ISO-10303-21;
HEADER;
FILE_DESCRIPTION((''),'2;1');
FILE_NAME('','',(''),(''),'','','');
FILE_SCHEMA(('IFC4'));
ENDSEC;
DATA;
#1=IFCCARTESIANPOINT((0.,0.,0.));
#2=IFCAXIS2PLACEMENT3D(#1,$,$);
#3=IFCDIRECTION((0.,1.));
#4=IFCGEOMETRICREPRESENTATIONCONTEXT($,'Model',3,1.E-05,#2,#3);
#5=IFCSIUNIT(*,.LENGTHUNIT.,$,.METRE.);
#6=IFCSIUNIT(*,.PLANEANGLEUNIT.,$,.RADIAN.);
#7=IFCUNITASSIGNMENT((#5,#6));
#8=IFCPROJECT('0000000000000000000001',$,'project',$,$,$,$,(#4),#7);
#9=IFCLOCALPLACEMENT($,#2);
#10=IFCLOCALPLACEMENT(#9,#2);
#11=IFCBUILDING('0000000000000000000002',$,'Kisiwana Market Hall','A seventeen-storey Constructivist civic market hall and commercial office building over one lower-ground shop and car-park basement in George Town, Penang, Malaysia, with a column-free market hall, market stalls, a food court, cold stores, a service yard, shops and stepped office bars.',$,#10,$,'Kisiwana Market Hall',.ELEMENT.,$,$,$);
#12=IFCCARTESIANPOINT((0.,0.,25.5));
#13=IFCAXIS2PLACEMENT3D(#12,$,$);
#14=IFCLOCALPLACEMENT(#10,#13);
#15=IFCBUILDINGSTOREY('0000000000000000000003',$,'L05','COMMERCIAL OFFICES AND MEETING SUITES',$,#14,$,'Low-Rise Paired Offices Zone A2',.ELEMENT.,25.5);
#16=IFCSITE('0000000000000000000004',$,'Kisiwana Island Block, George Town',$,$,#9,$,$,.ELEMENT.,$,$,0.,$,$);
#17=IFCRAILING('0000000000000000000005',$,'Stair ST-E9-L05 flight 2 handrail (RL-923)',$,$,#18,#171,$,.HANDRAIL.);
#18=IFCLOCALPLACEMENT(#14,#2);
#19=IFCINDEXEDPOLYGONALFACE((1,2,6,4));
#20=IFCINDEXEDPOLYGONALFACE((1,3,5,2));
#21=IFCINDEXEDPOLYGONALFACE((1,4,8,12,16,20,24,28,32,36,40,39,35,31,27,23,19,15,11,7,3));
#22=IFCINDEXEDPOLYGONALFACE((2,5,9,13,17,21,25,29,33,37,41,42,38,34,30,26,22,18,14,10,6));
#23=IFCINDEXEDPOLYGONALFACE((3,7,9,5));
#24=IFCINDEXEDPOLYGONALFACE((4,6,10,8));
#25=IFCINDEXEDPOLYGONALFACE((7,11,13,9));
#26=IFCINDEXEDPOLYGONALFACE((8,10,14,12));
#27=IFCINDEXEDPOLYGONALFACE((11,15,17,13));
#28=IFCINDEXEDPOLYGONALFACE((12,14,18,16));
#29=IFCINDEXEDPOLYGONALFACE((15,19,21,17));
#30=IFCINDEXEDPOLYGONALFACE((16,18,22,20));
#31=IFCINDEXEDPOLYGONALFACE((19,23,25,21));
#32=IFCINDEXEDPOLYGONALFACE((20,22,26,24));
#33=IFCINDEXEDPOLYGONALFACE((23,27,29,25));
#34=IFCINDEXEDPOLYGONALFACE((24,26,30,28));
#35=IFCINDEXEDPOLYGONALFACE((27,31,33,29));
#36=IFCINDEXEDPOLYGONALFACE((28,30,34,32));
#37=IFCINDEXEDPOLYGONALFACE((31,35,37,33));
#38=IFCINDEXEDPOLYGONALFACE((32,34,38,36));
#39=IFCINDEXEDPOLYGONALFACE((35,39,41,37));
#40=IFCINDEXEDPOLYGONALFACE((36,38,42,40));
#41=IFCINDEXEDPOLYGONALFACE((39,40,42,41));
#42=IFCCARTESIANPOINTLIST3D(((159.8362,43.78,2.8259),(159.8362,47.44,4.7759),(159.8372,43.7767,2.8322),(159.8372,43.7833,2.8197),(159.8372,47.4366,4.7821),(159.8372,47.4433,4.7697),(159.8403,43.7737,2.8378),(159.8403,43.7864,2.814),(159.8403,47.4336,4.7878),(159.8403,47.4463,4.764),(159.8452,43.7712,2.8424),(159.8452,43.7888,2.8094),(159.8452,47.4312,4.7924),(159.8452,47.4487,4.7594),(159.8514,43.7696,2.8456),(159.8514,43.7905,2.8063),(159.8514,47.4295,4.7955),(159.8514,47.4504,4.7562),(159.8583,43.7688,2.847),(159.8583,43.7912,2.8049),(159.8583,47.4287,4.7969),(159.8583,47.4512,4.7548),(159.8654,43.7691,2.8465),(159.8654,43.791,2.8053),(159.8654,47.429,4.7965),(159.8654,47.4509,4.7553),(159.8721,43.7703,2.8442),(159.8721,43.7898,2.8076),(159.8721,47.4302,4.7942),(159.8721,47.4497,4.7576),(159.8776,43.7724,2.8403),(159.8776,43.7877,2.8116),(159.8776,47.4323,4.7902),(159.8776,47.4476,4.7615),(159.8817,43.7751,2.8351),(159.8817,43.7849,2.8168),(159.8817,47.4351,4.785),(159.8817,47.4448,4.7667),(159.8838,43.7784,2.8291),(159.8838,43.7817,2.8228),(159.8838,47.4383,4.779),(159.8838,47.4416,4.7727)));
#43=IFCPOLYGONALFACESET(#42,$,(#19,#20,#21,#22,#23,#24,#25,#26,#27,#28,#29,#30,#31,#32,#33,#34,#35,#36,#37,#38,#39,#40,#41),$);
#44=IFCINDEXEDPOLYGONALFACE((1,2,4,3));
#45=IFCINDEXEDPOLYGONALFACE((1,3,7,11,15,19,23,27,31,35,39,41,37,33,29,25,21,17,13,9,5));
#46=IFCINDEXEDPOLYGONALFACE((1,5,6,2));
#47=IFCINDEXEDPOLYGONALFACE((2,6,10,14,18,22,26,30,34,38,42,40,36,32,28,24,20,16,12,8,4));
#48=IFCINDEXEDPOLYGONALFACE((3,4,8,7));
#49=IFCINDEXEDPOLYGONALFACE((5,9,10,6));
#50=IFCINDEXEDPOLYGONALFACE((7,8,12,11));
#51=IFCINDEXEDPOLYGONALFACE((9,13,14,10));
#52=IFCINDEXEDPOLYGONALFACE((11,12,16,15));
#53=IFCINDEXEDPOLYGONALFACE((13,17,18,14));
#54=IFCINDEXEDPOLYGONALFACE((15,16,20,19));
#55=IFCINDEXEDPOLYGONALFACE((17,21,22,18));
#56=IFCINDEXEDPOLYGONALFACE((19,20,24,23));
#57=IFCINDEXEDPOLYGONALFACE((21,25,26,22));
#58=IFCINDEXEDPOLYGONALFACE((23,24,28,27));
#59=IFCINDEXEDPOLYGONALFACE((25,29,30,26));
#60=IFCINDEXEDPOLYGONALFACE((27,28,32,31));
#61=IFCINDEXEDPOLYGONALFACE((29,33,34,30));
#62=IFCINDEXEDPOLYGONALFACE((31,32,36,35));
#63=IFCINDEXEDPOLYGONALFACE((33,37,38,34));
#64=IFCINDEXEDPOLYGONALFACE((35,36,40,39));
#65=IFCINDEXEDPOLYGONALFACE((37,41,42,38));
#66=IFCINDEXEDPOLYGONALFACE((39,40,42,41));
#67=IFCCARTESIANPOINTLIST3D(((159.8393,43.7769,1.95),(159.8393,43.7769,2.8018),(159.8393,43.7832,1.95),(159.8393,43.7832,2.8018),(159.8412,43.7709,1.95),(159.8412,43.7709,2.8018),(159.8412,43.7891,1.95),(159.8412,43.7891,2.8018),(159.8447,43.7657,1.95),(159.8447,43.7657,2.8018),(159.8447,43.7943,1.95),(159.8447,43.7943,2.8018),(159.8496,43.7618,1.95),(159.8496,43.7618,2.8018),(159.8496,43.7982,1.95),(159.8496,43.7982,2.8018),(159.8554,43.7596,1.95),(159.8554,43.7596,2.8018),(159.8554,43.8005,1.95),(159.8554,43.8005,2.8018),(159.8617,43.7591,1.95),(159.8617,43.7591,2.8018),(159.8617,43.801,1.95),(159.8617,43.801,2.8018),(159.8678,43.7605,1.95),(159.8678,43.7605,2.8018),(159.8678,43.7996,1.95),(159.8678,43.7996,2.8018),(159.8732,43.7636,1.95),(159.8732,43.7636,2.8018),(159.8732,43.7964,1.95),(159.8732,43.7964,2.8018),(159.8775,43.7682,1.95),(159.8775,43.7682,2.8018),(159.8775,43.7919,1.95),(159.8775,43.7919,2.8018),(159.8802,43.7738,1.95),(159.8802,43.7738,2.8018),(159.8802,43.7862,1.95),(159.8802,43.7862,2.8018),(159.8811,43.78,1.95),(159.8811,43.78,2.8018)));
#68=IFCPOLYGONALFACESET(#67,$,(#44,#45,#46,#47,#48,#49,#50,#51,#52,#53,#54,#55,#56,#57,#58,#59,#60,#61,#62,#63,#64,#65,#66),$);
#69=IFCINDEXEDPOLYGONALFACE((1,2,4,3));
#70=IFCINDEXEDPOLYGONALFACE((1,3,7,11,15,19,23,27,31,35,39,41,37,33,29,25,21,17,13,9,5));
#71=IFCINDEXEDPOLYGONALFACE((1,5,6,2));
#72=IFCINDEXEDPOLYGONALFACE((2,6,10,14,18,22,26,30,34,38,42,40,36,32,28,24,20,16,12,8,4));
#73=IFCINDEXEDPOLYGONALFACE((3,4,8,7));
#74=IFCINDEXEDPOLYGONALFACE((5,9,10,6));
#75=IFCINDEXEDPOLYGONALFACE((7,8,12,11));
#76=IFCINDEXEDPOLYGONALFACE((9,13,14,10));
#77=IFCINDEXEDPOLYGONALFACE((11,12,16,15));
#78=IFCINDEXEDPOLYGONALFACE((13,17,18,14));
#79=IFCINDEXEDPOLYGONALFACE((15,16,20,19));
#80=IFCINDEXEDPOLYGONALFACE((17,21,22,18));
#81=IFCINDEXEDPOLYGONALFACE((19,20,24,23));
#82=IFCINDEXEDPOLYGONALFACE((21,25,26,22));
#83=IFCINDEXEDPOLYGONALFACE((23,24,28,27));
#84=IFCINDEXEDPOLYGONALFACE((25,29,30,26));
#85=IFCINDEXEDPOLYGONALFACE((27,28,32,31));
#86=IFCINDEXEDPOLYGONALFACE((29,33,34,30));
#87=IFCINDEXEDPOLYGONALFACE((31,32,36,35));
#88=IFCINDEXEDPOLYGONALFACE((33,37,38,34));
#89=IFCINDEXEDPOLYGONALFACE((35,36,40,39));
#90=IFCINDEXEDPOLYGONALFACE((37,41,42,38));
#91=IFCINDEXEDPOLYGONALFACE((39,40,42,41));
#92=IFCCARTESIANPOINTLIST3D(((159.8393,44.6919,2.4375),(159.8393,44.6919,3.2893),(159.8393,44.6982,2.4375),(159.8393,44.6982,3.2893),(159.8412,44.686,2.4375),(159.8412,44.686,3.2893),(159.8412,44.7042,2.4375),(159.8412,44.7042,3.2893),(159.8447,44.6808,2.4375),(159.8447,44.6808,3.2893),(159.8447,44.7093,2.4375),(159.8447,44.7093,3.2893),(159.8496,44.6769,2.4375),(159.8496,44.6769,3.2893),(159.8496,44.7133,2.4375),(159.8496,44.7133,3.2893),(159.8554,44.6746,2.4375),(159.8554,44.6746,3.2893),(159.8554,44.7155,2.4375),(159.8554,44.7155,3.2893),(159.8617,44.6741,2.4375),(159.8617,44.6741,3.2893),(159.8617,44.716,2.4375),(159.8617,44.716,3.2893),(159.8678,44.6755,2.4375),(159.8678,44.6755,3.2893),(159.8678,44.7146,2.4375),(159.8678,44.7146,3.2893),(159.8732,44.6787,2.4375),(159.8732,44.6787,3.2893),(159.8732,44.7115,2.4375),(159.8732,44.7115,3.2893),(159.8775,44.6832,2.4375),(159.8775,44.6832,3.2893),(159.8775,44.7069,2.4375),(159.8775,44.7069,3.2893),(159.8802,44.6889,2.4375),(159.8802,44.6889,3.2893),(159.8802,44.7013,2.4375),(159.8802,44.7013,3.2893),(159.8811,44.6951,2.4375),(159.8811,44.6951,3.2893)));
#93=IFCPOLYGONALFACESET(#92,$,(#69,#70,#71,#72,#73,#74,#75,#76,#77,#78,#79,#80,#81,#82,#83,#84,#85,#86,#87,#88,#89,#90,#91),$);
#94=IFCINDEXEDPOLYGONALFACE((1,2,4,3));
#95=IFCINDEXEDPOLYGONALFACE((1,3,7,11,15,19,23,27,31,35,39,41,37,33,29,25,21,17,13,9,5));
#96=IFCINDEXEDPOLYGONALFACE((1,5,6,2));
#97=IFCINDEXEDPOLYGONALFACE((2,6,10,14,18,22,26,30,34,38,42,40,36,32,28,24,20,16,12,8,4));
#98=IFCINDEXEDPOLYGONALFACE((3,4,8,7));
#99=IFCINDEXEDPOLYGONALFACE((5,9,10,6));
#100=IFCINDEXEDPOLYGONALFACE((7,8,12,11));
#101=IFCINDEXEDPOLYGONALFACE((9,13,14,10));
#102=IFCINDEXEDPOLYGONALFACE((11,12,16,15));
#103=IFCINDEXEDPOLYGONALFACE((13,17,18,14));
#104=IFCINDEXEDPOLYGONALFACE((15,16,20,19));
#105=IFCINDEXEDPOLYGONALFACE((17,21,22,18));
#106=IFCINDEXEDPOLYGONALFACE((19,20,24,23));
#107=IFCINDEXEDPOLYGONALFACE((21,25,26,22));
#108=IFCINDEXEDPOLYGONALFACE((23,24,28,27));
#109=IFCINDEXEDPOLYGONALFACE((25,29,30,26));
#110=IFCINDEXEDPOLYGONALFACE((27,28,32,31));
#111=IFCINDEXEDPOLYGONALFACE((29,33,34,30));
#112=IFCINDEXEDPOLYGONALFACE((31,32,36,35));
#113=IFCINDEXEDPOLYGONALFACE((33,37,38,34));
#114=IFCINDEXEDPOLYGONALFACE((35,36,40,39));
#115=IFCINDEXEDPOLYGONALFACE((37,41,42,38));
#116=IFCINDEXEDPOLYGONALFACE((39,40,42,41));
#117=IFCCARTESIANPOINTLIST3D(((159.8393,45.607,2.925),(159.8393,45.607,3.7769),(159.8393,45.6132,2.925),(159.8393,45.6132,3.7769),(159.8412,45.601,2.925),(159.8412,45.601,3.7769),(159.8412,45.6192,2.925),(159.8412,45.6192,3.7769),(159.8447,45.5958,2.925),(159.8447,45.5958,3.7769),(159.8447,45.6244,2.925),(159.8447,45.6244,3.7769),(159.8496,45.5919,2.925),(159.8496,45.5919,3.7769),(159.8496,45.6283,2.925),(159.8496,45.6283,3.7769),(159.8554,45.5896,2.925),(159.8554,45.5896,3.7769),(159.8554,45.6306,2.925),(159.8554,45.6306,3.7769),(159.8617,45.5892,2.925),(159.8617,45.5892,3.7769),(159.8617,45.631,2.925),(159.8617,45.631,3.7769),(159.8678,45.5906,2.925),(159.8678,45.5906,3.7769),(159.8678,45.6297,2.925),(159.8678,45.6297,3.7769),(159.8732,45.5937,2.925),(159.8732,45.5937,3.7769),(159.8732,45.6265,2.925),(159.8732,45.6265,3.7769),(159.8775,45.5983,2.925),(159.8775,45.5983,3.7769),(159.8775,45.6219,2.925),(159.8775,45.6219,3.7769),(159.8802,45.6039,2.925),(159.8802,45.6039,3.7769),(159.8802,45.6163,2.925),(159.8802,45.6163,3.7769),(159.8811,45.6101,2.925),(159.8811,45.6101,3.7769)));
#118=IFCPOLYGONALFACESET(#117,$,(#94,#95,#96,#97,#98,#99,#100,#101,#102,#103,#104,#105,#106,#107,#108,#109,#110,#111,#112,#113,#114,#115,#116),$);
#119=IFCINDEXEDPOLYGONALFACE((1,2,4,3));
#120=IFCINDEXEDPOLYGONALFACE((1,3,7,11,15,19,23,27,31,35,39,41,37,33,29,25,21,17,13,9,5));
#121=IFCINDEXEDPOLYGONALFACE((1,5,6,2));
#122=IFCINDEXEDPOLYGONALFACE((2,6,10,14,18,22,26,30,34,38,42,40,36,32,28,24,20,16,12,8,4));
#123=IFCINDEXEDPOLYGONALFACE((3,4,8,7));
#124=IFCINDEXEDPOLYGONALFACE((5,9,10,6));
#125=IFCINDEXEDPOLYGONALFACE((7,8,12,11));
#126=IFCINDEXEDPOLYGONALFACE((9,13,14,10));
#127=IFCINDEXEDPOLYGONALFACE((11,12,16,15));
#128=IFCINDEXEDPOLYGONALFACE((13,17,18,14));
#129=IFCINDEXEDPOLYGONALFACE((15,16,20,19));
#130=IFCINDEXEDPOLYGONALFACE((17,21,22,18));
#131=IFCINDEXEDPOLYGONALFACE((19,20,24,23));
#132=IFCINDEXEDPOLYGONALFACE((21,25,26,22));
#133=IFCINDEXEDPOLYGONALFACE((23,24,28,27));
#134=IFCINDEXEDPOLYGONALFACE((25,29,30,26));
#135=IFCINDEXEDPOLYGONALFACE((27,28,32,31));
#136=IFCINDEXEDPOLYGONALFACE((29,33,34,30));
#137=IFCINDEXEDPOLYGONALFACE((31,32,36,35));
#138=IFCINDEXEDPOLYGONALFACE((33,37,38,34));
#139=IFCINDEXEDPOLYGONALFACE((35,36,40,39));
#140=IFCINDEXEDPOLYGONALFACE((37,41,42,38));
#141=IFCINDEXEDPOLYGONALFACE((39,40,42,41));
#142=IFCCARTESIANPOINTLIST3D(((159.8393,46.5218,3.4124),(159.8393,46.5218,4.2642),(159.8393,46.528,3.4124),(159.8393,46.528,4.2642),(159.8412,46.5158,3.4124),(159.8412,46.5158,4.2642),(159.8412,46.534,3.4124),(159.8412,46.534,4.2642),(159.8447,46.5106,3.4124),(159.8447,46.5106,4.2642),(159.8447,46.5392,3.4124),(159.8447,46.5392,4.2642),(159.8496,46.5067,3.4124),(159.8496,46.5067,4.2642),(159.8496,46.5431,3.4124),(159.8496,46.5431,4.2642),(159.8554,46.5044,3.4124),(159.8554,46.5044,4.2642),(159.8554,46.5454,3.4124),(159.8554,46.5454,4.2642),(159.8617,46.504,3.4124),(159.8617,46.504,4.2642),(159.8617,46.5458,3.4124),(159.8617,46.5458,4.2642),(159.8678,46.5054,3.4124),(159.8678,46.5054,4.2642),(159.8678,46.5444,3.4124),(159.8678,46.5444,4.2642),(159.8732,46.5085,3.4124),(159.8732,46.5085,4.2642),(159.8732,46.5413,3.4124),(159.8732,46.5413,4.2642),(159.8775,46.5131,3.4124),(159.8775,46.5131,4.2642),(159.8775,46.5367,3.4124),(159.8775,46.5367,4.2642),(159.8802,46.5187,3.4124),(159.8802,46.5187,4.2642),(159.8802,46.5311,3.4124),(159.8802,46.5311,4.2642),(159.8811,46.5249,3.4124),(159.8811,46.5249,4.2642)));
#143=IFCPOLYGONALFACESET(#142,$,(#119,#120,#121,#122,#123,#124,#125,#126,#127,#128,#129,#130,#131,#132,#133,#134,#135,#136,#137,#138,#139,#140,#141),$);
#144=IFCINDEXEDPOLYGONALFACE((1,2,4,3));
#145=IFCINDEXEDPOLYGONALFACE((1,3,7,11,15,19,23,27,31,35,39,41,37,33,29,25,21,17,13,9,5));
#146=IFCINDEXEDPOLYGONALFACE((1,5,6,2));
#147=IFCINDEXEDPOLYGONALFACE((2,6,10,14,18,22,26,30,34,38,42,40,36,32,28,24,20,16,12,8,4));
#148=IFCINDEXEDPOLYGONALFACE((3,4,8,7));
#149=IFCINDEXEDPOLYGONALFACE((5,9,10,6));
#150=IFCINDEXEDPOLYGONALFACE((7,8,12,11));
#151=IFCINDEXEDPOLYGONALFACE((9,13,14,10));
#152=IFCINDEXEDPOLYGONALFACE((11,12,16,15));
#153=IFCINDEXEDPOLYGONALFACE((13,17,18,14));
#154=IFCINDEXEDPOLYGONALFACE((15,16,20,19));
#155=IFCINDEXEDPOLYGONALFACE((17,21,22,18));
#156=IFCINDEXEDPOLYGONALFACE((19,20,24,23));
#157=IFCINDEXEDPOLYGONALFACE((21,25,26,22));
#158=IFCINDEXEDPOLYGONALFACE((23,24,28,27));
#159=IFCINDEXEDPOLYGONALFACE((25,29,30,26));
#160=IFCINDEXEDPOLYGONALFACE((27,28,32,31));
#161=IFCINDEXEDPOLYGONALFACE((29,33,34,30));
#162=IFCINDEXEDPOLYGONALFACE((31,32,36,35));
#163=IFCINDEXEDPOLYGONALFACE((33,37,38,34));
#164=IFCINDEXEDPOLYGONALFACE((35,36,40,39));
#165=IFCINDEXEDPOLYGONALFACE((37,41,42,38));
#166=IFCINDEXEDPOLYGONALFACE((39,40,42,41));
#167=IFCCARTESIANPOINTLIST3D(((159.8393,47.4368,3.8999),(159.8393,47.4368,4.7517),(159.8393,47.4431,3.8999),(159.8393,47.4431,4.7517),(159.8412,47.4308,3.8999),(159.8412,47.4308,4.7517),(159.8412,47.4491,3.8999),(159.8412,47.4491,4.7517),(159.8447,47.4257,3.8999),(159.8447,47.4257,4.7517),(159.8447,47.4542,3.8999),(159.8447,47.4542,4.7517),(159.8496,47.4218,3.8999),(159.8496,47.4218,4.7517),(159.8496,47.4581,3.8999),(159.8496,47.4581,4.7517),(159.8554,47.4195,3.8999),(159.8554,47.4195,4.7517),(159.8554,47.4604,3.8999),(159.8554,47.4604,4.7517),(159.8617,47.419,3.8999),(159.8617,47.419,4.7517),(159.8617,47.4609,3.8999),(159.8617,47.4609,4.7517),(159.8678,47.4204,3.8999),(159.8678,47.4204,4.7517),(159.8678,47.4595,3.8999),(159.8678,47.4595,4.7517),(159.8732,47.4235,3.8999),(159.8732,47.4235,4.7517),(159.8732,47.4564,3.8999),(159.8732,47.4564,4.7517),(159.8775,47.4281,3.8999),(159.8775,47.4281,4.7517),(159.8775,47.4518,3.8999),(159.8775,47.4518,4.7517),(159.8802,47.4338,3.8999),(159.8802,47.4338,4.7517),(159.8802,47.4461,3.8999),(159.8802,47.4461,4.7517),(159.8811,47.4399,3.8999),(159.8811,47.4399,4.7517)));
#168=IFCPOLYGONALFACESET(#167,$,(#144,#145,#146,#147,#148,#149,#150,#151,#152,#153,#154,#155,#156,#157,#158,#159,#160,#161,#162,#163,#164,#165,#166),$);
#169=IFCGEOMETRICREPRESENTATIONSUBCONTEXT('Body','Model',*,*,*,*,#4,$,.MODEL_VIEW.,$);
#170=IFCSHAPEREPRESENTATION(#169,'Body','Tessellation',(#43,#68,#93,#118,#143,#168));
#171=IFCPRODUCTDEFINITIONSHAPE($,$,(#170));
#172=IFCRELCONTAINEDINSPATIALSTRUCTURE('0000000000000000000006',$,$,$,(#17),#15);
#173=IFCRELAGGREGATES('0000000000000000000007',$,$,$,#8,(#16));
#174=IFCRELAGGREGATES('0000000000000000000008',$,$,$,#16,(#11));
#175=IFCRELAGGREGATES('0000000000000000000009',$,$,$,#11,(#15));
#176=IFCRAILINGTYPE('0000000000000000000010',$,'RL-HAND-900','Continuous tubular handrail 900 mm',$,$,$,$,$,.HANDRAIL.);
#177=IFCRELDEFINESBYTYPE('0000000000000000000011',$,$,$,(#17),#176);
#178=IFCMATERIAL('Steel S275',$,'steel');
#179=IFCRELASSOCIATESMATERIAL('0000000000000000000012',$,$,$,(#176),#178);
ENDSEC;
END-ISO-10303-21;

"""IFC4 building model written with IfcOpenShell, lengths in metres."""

from ifc_helpers import new_model, si_unit, direction, frame, origin, origin_2d, place, context, subcontext, project, spatial, circle, extrude, material, type_object, element, save


model = new_model("IFC4")

# Units and contexts
model_context = context("Model", 3, precision=1e-05, world=origin(), true_north=direction((0.0, 1.0)))
body_context = subcontext(model_context, "Body", "Model", "MODEL_VIEW")
ifc_project = project(units=[si_unit("LENGTHUNIT", "METRE"), si_unit("PLANEANGLEUNIT", "RADIAN")], contexts=[model_context])

# Site, building, storey
site_placement = place(None, origin())
site = spatial("IfcSite", under=ifc_project, at=site_placement, Name="Kisiwana Island Block, George Town", CompositionType="ELEMENT", RefElevation=0.0)
building_placement = place(site_placement, origin())
building = spatial("IfcBuilding", under=site, at=building_placement, Name="Kisiwana Market Hall", Description="A seventeen-storey Constructivist civic market hall and commercial office building over one lower-ground shop and car-park basement in George Town, Penang, Malaysia, with a column-free market hall, market stalls, a food court, cold stores, a service yard, shops and stepped office bars.", LongName="Kisiwana Market Hall", CompositionType="ELEMENT")
storey_placement = place(building_placement, frame((0.0, 0.0, 25.5)))
storey = spatial("IfcBuildingStorey", under=building, at=storey_placement, Name="L05", Description="COMMERCIAL OFFICES AND MEETING SUITES", LongName="Low-Rise Paired Offices Zone A2", CompositionType="ELEMENT", Elevation=25.5)

# Railing
ifc_material_1 = material(Name="Steel S275", Category="steel")
railing_type_1 = type_object("IfcRailingType", Name="RL-HAND-900", Description="Continuous tubular handrail 900 mm", PredefinedType="HANDRAIL", material=ifc_material_1)
railing_1_placement = place(storey_placement, frame((159.8601, 43.78, 1.95)))
element("IfcRailing", 1, at=railing_1_placement, inside=storey, type_object=railing_type_1, Name="Stair ST-E9-L05 flight 2 handrail (RL-923)", PredefinedType="HANDRAIL", context=body_context, shape_type="SweptSolid", body=[
    extrude(circle(Radius=0.0239, at=origin_2d()), frame((0.0, 0.0, 0.876), z_axis=(0.0, 0.882553, 0.470212), x_axis=(-1.0, 0.0, 0.0)), (0.0, 0.0, 1.0), 4.147),
    extrude(circle(Radius=0.021, at=origin_2d()), origin(), (0.0, 0.0, 1.0), 0.8518),
    extrude(circle(Radius=0.021, at=origin_2d()), frame((0.0, 0.915, 0.4875)), (0.0, 0.0, 1.0), 0.8518),
    extrude(circle(Radius=0.021, at=origin_2d()), frame((0.0, 1.8301, 0.9751)), (0.0, 0.0, 1.0), 0.8518),
    extrude(circle(Radius=0.021, at=origin_2d()), frame((0.0, 2.7449, 1.4624)), (0.0, 0.0, 1.0), 0.8518),
    extrude(circle(Radius=0.021, at=origin_2d()), frame((0.0, 3.6599, 1.95)), (0.0, 0.0, 1.0), 0.8518),
])

save(model, "model.ifc")
